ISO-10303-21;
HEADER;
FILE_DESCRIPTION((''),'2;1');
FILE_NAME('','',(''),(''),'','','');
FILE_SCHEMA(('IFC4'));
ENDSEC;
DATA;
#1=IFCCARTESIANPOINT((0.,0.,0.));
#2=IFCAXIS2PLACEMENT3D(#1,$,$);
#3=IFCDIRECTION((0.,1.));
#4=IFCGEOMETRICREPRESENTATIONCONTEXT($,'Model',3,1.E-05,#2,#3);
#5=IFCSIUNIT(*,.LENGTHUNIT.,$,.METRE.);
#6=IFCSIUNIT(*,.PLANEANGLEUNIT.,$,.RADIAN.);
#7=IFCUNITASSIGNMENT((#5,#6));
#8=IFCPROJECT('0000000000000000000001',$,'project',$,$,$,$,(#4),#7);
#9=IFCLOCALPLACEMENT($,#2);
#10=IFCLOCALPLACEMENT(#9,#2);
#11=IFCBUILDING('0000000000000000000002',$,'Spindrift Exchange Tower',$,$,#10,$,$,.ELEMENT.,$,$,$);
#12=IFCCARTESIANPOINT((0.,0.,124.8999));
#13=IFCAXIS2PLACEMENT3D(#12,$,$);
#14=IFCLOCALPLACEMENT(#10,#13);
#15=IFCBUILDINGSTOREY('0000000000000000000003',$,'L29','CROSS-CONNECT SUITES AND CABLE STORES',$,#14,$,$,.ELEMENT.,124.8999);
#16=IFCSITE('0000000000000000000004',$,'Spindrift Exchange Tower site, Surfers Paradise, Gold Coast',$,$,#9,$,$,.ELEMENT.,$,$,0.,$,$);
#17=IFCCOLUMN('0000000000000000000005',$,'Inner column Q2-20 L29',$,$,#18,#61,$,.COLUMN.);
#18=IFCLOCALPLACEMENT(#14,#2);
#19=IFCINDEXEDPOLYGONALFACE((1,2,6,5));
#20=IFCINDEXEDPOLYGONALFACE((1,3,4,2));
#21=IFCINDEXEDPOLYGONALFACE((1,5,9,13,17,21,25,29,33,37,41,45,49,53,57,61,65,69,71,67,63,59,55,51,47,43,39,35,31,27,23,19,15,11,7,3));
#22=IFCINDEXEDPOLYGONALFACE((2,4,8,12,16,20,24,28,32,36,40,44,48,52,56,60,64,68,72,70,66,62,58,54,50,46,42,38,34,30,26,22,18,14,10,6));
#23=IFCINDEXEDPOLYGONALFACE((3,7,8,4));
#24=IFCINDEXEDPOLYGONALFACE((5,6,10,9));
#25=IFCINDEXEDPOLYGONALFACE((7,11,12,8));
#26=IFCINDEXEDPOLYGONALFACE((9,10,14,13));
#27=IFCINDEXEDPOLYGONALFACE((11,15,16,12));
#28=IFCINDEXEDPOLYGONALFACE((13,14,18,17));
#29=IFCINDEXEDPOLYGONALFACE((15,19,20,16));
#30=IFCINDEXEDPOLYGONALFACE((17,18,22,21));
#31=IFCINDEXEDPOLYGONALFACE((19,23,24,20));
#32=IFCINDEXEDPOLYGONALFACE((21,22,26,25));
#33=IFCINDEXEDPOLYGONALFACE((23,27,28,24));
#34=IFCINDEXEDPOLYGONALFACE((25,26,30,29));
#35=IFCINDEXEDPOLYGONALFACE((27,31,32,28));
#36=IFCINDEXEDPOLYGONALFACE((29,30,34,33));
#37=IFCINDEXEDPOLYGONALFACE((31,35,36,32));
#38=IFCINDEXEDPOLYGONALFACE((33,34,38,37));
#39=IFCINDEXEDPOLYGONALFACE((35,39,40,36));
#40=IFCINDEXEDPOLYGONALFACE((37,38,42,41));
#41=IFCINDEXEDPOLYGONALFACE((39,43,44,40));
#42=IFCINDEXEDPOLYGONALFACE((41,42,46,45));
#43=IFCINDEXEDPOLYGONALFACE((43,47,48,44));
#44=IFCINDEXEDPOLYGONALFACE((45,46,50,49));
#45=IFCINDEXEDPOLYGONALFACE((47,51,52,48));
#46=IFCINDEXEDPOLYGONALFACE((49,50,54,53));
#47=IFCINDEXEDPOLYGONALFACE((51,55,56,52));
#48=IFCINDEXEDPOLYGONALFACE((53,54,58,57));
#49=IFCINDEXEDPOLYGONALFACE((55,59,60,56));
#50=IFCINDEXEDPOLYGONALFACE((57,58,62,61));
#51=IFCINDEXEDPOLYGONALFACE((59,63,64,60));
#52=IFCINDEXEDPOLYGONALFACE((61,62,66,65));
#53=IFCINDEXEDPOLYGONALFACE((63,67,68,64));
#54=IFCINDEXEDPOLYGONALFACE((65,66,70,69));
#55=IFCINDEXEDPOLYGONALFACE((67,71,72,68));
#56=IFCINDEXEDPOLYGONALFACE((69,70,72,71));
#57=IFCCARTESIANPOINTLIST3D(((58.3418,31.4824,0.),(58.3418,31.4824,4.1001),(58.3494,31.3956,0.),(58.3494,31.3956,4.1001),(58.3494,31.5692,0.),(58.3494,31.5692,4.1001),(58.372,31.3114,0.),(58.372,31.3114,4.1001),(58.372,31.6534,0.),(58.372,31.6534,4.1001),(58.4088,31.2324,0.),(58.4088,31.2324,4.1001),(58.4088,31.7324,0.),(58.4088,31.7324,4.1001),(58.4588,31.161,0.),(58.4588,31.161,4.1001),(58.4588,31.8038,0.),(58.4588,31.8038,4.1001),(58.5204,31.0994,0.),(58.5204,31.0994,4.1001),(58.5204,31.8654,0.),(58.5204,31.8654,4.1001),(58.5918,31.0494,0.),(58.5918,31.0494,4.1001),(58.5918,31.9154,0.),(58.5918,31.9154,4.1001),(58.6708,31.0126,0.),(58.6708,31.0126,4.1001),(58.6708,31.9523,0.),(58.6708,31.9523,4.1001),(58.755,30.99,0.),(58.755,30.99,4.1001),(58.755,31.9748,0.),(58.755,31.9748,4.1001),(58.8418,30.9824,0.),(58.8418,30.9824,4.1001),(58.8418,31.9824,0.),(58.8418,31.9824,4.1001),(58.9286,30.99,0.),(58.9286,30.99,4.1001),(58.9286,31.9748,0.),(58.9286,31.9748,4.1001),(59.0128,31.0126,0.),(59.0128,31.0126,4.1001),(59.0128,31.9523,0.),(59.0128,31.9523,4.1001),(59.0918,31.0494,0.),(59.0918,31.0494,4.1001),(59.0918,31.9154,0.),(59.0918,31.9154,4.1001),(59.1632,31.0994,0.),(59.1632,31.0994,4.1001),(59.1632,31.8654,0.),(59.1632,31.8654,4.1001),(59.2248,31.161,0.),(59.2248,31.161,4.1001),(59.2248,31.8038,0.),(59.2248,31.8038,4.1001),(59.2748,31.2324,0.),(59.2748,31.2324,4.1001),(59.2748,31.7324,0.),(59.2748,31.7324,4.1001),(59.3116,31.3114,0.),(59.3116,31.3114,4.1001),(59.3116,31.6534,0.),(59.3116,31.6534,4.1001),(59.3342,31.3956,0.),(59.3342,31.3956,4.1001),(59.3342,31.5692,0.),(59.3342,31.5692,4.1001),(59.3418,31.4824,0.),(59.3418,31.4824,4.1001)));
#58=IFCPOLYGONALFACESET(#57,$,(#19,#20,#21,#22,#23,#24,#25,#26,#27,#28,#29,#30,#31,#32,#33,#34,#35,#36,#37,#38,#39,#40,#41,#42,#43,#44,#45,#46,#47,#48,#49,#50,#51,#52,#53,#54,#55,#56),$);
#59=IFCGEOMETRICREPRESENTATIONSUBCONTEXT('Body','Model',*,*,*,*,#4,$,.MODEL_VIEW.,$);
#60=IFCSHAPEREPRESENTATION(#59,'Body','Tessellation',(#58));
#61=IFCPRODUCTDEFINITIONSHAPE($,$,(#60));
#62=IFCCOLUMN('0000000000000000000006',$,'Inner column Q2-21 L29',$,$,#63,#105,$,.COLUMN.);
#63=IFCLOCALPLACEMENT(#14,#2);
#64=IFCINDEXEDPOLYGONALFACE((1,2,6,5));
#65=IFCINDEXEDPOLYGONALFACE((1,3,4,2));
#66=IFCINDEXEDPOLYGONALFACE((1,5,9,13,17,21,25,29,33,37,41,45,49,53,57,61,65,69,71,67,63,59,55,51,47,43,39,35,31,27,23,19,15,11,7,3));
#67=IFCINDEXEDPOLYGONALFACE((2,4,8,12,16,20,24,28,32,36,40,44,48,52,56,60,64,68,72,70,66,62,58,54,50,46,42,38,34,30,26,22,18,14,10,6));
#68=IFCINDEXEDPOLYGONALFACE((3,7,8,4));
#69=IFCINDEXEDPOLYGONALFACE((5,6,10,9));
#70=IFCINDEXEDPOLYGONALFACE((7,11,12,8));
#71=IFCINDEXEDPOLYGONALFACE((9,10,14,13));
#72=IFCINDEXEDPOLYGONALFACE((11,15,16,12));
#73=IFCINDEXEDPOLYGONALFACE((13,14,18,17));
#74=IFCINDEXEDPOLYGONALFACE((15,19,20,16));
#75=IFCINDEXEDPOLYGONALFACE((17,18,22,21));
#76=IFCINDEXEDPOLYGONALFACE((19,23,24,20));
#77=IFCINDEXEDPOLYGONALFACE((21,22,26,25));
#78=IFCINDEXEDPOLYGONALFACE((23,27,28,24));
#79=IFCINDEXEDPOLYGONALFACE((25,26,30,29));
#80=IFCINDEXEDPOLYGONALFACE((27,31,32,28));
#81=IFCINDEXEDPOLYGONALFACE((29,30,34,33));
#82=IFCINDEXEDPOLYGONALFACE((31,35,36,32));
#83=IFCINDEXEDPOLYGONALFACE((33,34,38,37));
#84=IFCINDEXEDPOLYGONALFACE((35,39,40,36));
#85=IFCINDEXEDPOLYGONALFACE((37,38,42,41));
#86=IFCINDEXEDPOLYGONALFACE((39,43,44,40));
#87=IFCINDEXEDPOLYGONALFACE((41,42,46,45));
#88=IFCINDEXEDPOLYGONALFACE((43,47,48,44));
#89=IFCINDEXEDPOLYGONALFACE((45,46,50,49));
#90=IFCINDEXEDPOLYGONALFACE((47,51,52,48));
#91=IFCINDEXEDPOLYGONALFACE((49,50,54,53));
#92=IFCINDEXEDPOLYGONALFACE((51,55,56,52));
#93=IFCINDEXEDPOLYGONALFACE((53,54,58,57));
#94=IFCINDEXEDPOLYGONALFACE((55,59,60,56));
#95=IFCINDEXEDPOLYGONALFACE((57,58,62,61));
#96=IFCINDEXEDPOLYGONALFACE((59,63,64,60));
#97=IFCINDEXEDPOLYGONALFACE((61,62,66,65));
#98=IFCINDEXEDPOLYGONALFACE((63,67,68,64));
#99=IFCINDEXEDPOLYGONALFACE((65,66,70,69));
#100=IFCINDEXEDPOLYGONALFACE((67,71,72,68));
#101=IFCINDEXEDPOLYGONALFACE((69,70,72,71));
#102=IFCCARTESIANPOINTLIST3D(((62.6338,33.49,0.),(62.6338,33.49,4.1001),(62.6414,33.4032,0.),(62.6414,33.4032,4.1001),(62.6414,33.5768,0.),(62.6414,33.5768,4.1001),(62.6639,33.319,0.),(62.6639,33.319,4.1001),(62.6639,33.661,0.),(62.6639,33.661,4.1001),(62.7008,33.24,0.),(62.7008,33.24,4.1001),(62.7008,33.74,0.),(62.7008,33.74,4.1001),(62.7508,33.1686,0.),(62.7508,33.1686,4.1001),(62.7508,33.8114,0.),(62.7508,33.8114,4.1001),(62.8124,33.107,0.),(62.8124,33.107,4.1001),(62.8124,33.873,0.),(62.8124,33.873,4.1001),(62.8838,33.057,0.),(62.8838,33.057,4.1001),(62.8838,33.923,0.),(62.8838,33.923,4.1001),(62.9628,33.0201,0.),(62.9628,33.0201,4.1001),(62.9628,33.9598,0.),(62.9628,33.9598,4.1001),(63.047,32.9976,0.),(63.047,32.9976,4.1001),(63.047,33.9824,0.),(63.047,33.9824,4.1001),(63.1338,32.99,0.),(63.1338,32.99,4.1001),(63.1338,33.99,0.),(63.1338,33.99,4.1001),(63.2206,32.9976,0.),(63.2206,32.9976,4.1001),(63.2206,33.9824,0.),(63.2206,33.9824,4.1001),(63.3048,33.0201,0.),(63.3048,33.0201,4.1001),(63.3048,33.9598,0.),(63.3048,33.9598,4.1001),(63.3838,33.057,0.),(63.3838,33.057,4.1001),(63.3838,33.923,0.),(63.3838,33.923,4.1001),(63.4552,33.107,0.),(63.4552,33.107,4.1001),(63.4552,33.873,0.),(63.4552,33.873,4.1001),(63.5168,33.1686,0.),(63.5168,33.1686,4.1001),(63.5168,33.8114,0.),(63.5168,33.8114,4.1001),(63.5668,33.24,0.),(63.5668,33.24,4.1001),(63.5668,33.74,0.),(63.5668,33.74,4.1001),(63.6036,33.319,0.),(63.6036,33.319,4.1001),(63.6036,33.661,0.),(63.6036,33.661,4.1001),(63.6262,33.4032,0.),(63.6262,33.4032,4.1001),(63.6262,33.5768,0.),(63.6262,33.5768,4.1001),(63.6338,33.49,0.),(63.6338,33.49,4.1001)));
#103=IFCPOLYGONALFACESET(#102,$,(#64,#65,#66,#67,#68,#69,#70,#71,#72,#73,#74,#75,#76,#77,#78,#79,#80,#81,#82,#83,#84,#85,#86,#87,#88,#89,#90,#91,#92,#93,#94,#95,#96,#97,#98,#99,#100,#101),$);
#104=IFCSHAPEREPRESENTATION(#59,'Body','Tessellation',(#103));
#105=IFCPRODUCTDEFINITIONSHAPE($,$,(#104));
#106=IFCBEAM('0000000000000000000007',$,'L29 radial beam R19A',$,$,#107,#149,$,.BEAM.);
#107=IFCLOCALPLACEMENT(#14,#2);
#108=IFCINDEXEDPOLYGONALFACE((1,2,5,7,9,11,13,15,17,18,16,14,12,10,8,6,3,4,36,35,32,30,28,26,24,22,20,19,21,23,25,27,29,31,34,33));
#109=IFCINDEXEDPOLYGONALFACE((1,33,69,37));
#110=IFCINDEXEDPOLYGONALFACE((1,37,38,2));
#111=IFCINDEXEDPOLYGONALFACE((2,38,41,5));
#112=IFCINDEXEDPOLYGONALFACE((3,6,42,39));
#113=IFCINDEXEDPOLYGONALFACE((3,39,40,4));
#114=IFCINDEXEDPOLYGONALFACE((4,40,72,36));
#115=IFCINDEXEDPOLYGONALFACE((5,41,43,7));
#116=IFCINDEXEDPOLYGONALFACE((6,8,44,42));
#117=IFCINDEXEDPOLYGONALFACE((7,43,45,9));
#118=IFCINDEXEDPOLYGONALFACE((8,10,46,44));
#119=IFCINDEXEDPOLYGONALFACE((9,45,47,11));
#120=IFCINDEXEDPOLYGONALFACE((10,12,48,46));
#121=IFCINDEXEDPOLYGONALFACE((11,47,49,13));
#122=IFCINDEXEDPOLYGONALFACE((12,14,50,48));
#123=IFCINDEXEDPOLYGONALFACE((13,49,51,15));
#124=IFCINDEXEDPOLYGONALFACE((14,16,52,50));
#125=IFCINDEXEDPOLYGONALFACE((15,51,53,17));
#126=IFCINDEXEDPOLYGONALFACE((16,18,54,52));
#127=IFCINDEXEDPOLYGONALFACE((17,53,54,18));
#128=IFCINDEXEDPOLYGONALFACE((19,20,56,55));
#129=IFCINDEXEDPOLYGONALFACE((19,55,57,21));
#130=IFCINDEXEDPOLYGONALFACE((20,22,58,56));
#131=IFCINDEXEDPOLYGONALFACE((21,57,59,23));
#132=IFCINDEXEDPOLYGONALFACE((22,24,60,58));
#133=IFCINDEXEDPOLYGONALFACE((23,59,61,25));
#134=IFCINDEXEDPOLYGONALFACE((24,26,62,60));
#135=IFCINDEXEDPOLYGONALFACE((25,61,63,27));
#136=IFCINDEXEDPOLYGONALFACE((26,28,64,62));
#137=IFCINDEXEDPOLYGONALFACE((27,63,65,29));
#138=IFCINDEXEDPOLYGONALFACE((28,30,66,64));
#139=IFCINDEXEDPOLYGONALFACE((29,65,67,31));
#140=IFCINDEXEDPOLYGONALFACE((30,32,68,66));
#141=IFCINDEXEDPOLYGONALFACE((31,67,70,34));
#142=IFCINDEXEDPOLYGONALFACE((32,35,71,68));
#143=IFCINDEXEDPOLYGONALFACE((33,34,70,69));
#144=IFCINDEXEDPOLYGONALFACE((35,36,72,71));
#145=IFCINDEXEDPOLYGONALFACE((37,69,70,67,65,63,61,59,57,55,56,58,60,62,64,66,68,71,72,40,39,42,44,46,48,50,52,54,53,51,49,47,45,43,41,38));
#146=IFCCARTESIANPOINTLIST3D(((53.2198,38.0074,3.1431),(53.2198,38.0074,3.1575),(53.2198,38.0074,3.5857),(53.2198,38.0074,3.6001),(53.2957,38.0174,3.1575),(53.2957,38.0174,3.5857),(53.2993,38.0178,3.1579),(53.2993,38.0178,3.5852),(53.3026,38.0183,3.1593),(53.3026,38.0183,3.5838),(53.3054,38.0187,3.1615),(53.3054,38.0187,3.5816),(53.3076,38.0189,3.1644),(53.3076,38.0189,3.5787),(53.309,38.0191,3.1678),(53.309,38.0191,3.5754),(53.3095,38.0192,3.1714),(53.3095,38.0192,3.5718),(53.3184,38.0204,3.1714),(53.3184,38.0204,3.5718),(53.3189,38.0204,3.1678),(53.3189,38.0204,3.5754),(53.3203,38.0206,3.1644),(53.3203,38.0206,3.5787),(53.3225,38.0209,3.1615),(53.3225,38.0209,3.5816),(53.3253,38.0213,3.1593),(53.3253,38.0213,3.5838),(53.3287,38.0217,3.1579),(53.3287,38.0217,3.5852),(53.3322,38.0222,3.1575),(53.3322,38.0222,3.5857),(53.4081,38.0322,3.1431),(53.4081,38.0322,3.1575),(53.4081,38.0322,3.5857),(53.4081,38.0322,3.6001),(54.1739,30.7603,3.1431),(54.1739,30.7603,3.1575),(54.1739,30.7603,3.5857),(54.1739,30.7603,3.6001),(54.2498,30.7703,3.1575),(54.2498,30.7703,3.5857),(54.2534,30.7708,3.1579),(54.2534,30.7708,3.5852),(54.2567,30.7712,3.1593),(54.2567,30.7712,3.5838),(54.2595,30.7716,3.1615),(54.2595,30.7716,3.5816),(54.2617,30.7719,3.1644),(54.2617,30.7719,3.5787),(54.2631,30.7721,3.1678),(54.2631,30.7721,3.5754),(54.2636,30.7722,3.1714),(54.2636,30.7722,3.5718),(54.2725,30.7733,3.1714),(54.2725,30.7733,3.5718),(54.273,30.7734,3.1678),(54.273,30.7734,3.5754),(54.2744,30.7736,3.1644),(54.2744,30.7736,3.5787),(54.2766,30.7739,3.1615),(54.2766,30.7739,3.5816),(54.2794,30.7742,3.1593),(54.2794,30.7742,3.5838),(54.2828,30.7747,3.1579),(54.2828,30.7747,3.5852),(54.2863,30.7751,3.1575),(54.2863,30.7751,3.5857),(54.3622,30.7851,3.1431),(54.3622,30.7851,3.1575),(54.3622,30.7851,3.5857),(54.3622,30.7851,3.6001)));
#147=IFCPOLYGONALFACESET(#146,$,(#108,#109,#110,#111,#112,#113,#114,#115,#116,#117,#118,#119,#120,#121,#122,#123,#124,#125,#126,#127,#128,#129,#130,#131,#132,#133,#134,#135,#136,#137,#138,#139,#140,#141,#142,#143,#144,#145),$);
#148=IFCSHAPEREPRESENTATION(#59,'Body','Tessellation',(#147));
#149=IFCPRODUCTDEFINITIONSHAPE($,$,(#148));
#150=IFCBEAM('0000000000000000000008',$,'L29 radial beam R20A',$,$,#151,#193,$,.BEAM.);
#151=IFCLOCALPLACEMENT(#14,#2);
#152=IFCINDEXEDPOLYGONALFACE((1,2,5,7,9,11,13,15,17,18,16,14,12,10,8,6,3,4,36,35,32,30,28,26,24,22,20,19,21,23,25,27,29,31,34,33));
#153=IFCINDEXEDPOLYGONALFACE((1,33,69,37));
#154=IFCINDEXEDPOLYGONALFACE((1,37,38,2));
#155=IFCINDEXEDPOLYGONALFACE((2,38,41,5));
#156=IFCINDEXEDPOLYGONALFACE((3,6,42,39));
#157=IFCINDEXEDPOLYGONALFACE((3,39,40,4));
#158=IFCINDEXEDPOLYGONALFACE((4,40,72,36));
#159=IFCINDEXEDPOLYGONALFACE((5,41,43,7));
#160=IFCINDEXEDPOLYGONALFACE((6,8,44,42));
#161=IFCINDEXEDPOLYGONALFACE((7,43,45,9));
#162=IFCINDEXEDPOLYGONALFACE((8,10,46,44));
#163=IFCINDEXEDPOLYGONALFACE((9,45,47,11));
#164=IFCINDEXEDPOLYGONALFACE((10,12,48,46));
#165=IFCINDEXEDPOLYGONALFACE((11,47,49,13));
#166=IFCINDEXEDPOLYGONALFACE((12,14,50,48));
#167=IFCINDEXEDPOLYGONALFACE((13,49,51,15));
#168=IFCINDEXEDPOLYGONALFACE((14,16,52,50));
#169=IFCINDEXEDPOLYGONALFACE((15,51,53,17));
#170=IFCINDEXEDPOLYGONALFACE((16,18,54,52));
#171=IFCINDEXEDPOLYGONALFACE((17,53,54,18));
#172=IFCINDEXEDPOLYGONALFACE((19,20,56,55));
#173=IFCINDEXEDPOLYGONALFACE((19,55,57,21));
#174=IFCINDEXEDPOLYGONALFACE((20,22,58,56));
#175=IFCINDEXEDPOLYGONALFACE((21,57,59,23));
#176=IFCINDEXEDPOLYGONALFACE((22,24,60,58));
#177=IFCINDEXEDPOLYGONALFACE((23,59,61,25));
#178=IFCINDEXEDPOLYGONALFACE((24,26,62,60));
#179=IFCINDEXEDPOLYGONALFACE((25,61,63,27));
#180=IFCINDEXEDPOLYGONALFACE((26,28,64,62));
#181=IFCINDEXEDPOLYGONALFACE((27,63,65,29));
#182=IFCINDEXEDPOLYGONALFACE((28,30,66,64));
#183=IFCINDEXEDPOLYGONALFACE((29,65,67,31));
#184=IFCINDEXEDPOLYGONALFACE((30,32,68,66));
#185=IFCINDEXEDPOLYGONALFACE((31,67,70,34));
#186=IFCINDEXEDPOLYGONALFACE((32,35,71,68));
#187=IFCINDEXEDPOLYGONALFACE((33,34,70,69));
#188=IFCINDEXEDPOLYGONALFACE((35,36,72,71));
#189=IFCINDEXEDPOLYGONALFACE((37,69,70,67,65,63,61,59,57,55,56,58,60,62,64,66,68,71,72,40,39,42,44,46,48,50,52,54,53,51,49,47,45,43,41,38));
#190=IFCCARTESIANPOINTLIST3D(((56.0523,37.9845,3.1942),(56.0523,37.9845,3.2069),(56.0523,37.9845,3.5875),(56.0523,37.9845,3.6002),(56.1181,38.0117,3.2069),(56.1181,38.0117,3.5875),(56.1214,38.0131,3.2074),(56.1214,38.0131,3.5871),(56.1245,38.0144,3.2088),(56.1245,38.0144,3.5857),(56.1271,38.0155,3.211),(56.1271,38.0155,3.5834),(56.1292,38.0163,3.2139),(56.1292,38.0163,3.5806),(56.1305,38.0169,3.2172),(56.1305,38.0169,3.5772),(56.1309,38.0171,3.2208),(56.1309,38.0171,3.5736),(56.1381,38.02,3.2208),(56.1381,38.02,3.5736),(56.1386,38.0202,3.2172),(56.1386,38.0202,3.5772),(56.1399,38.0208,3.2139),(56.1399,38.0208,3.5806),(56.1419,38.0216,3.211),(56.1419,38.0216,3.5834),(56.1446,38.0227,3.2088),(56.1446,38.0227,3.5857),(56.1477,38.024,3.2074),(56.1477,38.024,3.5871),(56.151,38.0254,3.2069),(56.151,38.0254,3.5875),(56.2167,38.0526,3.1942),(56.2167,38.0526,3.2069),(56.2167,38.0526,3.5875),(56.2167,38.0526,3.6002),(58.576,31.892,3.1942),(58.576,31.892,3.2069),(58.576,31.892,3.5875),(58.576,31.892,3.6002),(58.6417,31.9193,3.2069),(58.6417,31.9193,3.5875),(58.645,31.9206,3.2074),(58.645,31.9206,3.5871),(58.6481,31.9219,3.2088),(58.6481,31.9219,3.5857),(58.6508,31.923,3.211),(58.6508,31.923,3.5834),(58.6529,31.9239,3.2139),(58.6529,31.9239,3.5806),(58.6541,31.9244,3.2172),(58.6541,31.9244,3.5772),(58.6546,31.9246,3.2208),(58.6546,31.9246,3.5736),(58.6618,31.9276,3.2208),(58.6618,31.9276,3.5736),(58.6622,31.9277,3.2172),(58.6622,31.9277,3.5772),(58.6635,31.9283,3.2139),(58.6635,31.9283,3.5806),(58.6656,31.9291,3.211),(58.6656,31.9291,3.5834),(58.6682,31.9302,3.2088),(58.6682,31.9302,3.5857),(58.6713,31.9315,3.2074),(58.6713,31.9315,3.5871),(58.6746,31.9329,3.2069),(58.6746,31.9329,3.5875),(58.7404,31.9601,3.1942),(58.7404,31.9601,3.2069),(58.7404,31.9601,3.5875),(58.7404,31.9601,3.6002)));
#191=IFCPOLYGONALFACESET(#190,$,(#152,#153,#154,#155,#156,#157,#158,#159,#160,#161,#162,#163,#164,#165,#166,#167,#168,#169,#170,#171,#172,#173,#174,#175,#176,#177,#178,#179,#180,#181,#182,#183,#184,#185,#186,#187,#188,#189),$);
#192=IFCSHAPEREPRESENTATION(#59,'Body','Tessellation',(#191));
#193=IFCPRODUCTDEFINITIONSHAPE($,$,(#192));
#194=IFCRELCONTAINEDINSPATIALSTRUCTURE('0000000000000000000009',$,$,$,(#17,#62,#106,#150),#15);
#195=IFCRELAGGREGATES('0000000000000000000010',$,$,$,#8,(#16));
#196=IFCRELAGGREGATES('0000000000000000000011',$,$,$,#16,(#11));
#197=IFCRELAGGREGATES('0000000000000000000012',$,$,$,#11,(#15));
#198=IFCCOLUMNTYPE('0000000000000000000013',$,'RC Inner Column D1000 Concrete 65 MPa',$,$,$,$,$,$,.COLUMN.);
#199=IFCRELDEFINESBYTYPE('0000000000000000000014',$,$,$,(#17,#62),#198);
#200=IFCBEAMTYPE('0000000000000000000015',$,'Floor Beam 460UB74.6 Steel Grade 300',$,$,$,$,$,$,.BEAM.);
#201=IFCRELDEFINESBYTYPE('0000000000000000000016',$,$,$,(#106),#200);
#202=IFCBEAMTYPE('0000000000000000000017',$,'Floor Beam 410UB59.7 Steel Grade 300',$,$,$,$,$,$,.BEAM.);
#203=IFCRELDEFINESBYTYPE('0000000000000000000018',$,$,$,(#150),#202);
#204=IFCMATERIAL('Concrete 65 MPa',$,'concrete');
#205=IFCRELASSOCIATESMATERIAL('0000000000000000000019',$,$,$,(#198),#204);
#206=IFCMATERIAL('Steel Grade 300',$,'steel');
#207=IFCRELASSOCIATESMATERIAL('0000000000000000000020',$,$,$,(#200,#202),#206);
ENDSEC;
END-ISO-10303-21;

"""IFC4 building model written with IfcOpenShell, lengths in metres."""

from ifc_helpers import new_model, si_unit, direction, frame, origin, origin_2d, place, context, subcontext, project, spatial, circle, i_section, extrude, source, transform, mapped, material, material_profile, profile_set, type_object, element, save


model = new_model("IFC4")

# Units and contexts
model_context = context("Model", 3, precision=1e-05, world=origin(), true_north=direction((0.0, 1.0)))
body_context = subcontext(model_context, "Body", "Model", "MODEL_VIEW")
ifc_project = project(units=[si_unit("LENGTHUNIT", "METRE"), si_unit("PLANEANGLEUNIT", "RADIAN")], contexts=[model_context])

# Site, building, storey
site_placement = place(None, origin())
site = spatial("IfcSite", under=ifc_project, at=site_placement, Name="Spindrift Exchange Tower site, Surfers Paradise, Gold Coast", CompositionType="ELEMENT", RefElevation=0.0)
building_placement = place(site_placement, origin())
building = spatial("IfcBuilding", under=site, at=building_placement, Name="Spindrift Exchange Tower", CompositionType="ELEMENT")
storey_placement = place(building_placement, frame((0.0, 0.0, 124.8999)))
storey = spatial("IfcBuildingStorey", under=building, at=storey_placement, Name="L29", Description="CROSS-CONNECT SUITES AND CABLE STORES", CompositionType="ELEMENT", Elevation=124.8999)

# Columns
ifc_material_1 = material(Name="Concrete 65 MPa", Category="concrete")
ifc_material_profile_1 = material_profile(ifc_material_1, circle(Radius=0.5, at=origin_2d()), Name="RC D1000")
ifc_profile_set_1 = profile_set([ifc_material_profile_1], Name="Concrete 65 MPa")
column_type = type_object("IfcColumnType", Name="RC Inner Column D1000 Concrete 65 MPa", PredefinedType="COLUMN", material=ifc_profile_set_1)
shared_shape_1 = source(origin(), body_context, "Body", "SweptSolid", [
    extrude(circle(Radius=0.5, at=origin_2d()), origin(), (0.0, 0.0, 1.0), 4.1001),
])
for number, where, z_axis, x_axis, name in (
    (1, (58.8418, 31.4824, 0.0), (0.0, 0.0, 1.0), (1.0, 0.0, 0.0), "Inner column Q2-20 L29"),
    (2, (63.1338, 33.49, 0.0), (0.0, 0.0, 1.0), (1.0, 0.0, 0.0), "Inner column Q2-21 L29"),
):
    element("IfcColumn", number, at=place(storey_placement, frame(where, z_axis=z_axis, x_axis=x_axis)), inside=storey, type_object=column_type, Name=name, PredefinedType="COLUMN", context=body_context, shape_type="MappedRepresentation", body=[
        mapped(shared_shape_1, transform((0.0, 0.0, 0.0), scale=1.0)),
    ])

# Beams
ifc_material_2 = material(Name="Steel Grade 300", Category="steel")
ifc_material_profile_2 = material_profile(ifc_material_2, i_section(OverallWidth=0.1899, OverallDepth=0.457, WebThickness=0.009, FlangeThickness=0.0144, FilletRadius=0.0139, at=origin_2d()), Name="460UB74.6")
ifc_profile_set_2 = profile_set([ifc_material_profile_2], Name="Steel Grade 300")
beam_type_1 = type_object("IfcBeamType", Name="Floor Beam 460UB74.6 Steel Grade 300", PredefinedType="BEAM", material=ifc_profile_set_2)
shared_shape_2 = source(origin(), body_context, "Body", "SweptSolid", [
    extrude(i_section(OverallWidth=0.1899, OverallDepth=0.457, WebThickness=0.009, FlangeThickness=0.0144, FilletRadius=0.0139, at=origin_2d()), origin(), (0.0, 0.0, 1.0), 7.3096),
])
beam_1_placement = place(storey_placement, frame((53.314, 38.0198, 3.3716), z_axis=(0.130527, -0.991445, 0.0), x_axis=(0.991445, 0.130527, 0.0)))
element("IfcBeam", 3, at=beam_1_placement, inside=storey, type_object=beam_type_1, Name="L29 radial beam R19A", PredefinedType="BEAM", context=body_context, shape_type="MappedRepresentation", body=[
    mapped(shared_shape_2, transform((0.0, 0.0, 0.0), scale=1.0)),
])
ifc_material_profile_3 = material_profile(ifc_material_2, i_section(OverallWidth=0.178, OverallDepth=0.406, WebThickness=0.0078, FlangeThickness=0.0127, FilletRadius=0.0139, at=origin_2d()), Name="410UB59.7")
ifc_profile_set_3 = profile_set([ifc_material_profile_3], Name="Steel Grade 300")
beam_type_2 = type_object("IfcBeamType", Name="Floor Beam 410UB59.7 Steel Grade 300", PredefinedType="BEAM", material=ifc_profile_set_3)
shared_shape_3 = source(origin(), body_context, "Body", "SweptSolid", [
    extrude(i_section(OverallWidth=0.178, OverallDepth=0.406, WebThickness=0.0078, FlangeThickness=0.0127, FilletRadius=0.0139, at=origin_2d()), origin(), (0.0, 0.0, 1.0), 6.5945),
])
beam_2_placement = place(storey_placement, frame((56.1345, 38.0186, 3.3972), z_axis=(0.382693, -0.923876, 0.0), x_axis=(0.923876, 0.382693, 0.0)))
element("IfcBeam", 4, at=beam_2_placement, inside=storey, type_object=beam_type_2, Name="L29 radial beam R20A", PredefinedType="BEAM", context=body_context, shape_type="MappedRepresentation", body=[
    mapped(shared_shape_3, transform((0.0, 0.0, 0.0), scale=1.0)),
])

save(model, "model.ifc")
